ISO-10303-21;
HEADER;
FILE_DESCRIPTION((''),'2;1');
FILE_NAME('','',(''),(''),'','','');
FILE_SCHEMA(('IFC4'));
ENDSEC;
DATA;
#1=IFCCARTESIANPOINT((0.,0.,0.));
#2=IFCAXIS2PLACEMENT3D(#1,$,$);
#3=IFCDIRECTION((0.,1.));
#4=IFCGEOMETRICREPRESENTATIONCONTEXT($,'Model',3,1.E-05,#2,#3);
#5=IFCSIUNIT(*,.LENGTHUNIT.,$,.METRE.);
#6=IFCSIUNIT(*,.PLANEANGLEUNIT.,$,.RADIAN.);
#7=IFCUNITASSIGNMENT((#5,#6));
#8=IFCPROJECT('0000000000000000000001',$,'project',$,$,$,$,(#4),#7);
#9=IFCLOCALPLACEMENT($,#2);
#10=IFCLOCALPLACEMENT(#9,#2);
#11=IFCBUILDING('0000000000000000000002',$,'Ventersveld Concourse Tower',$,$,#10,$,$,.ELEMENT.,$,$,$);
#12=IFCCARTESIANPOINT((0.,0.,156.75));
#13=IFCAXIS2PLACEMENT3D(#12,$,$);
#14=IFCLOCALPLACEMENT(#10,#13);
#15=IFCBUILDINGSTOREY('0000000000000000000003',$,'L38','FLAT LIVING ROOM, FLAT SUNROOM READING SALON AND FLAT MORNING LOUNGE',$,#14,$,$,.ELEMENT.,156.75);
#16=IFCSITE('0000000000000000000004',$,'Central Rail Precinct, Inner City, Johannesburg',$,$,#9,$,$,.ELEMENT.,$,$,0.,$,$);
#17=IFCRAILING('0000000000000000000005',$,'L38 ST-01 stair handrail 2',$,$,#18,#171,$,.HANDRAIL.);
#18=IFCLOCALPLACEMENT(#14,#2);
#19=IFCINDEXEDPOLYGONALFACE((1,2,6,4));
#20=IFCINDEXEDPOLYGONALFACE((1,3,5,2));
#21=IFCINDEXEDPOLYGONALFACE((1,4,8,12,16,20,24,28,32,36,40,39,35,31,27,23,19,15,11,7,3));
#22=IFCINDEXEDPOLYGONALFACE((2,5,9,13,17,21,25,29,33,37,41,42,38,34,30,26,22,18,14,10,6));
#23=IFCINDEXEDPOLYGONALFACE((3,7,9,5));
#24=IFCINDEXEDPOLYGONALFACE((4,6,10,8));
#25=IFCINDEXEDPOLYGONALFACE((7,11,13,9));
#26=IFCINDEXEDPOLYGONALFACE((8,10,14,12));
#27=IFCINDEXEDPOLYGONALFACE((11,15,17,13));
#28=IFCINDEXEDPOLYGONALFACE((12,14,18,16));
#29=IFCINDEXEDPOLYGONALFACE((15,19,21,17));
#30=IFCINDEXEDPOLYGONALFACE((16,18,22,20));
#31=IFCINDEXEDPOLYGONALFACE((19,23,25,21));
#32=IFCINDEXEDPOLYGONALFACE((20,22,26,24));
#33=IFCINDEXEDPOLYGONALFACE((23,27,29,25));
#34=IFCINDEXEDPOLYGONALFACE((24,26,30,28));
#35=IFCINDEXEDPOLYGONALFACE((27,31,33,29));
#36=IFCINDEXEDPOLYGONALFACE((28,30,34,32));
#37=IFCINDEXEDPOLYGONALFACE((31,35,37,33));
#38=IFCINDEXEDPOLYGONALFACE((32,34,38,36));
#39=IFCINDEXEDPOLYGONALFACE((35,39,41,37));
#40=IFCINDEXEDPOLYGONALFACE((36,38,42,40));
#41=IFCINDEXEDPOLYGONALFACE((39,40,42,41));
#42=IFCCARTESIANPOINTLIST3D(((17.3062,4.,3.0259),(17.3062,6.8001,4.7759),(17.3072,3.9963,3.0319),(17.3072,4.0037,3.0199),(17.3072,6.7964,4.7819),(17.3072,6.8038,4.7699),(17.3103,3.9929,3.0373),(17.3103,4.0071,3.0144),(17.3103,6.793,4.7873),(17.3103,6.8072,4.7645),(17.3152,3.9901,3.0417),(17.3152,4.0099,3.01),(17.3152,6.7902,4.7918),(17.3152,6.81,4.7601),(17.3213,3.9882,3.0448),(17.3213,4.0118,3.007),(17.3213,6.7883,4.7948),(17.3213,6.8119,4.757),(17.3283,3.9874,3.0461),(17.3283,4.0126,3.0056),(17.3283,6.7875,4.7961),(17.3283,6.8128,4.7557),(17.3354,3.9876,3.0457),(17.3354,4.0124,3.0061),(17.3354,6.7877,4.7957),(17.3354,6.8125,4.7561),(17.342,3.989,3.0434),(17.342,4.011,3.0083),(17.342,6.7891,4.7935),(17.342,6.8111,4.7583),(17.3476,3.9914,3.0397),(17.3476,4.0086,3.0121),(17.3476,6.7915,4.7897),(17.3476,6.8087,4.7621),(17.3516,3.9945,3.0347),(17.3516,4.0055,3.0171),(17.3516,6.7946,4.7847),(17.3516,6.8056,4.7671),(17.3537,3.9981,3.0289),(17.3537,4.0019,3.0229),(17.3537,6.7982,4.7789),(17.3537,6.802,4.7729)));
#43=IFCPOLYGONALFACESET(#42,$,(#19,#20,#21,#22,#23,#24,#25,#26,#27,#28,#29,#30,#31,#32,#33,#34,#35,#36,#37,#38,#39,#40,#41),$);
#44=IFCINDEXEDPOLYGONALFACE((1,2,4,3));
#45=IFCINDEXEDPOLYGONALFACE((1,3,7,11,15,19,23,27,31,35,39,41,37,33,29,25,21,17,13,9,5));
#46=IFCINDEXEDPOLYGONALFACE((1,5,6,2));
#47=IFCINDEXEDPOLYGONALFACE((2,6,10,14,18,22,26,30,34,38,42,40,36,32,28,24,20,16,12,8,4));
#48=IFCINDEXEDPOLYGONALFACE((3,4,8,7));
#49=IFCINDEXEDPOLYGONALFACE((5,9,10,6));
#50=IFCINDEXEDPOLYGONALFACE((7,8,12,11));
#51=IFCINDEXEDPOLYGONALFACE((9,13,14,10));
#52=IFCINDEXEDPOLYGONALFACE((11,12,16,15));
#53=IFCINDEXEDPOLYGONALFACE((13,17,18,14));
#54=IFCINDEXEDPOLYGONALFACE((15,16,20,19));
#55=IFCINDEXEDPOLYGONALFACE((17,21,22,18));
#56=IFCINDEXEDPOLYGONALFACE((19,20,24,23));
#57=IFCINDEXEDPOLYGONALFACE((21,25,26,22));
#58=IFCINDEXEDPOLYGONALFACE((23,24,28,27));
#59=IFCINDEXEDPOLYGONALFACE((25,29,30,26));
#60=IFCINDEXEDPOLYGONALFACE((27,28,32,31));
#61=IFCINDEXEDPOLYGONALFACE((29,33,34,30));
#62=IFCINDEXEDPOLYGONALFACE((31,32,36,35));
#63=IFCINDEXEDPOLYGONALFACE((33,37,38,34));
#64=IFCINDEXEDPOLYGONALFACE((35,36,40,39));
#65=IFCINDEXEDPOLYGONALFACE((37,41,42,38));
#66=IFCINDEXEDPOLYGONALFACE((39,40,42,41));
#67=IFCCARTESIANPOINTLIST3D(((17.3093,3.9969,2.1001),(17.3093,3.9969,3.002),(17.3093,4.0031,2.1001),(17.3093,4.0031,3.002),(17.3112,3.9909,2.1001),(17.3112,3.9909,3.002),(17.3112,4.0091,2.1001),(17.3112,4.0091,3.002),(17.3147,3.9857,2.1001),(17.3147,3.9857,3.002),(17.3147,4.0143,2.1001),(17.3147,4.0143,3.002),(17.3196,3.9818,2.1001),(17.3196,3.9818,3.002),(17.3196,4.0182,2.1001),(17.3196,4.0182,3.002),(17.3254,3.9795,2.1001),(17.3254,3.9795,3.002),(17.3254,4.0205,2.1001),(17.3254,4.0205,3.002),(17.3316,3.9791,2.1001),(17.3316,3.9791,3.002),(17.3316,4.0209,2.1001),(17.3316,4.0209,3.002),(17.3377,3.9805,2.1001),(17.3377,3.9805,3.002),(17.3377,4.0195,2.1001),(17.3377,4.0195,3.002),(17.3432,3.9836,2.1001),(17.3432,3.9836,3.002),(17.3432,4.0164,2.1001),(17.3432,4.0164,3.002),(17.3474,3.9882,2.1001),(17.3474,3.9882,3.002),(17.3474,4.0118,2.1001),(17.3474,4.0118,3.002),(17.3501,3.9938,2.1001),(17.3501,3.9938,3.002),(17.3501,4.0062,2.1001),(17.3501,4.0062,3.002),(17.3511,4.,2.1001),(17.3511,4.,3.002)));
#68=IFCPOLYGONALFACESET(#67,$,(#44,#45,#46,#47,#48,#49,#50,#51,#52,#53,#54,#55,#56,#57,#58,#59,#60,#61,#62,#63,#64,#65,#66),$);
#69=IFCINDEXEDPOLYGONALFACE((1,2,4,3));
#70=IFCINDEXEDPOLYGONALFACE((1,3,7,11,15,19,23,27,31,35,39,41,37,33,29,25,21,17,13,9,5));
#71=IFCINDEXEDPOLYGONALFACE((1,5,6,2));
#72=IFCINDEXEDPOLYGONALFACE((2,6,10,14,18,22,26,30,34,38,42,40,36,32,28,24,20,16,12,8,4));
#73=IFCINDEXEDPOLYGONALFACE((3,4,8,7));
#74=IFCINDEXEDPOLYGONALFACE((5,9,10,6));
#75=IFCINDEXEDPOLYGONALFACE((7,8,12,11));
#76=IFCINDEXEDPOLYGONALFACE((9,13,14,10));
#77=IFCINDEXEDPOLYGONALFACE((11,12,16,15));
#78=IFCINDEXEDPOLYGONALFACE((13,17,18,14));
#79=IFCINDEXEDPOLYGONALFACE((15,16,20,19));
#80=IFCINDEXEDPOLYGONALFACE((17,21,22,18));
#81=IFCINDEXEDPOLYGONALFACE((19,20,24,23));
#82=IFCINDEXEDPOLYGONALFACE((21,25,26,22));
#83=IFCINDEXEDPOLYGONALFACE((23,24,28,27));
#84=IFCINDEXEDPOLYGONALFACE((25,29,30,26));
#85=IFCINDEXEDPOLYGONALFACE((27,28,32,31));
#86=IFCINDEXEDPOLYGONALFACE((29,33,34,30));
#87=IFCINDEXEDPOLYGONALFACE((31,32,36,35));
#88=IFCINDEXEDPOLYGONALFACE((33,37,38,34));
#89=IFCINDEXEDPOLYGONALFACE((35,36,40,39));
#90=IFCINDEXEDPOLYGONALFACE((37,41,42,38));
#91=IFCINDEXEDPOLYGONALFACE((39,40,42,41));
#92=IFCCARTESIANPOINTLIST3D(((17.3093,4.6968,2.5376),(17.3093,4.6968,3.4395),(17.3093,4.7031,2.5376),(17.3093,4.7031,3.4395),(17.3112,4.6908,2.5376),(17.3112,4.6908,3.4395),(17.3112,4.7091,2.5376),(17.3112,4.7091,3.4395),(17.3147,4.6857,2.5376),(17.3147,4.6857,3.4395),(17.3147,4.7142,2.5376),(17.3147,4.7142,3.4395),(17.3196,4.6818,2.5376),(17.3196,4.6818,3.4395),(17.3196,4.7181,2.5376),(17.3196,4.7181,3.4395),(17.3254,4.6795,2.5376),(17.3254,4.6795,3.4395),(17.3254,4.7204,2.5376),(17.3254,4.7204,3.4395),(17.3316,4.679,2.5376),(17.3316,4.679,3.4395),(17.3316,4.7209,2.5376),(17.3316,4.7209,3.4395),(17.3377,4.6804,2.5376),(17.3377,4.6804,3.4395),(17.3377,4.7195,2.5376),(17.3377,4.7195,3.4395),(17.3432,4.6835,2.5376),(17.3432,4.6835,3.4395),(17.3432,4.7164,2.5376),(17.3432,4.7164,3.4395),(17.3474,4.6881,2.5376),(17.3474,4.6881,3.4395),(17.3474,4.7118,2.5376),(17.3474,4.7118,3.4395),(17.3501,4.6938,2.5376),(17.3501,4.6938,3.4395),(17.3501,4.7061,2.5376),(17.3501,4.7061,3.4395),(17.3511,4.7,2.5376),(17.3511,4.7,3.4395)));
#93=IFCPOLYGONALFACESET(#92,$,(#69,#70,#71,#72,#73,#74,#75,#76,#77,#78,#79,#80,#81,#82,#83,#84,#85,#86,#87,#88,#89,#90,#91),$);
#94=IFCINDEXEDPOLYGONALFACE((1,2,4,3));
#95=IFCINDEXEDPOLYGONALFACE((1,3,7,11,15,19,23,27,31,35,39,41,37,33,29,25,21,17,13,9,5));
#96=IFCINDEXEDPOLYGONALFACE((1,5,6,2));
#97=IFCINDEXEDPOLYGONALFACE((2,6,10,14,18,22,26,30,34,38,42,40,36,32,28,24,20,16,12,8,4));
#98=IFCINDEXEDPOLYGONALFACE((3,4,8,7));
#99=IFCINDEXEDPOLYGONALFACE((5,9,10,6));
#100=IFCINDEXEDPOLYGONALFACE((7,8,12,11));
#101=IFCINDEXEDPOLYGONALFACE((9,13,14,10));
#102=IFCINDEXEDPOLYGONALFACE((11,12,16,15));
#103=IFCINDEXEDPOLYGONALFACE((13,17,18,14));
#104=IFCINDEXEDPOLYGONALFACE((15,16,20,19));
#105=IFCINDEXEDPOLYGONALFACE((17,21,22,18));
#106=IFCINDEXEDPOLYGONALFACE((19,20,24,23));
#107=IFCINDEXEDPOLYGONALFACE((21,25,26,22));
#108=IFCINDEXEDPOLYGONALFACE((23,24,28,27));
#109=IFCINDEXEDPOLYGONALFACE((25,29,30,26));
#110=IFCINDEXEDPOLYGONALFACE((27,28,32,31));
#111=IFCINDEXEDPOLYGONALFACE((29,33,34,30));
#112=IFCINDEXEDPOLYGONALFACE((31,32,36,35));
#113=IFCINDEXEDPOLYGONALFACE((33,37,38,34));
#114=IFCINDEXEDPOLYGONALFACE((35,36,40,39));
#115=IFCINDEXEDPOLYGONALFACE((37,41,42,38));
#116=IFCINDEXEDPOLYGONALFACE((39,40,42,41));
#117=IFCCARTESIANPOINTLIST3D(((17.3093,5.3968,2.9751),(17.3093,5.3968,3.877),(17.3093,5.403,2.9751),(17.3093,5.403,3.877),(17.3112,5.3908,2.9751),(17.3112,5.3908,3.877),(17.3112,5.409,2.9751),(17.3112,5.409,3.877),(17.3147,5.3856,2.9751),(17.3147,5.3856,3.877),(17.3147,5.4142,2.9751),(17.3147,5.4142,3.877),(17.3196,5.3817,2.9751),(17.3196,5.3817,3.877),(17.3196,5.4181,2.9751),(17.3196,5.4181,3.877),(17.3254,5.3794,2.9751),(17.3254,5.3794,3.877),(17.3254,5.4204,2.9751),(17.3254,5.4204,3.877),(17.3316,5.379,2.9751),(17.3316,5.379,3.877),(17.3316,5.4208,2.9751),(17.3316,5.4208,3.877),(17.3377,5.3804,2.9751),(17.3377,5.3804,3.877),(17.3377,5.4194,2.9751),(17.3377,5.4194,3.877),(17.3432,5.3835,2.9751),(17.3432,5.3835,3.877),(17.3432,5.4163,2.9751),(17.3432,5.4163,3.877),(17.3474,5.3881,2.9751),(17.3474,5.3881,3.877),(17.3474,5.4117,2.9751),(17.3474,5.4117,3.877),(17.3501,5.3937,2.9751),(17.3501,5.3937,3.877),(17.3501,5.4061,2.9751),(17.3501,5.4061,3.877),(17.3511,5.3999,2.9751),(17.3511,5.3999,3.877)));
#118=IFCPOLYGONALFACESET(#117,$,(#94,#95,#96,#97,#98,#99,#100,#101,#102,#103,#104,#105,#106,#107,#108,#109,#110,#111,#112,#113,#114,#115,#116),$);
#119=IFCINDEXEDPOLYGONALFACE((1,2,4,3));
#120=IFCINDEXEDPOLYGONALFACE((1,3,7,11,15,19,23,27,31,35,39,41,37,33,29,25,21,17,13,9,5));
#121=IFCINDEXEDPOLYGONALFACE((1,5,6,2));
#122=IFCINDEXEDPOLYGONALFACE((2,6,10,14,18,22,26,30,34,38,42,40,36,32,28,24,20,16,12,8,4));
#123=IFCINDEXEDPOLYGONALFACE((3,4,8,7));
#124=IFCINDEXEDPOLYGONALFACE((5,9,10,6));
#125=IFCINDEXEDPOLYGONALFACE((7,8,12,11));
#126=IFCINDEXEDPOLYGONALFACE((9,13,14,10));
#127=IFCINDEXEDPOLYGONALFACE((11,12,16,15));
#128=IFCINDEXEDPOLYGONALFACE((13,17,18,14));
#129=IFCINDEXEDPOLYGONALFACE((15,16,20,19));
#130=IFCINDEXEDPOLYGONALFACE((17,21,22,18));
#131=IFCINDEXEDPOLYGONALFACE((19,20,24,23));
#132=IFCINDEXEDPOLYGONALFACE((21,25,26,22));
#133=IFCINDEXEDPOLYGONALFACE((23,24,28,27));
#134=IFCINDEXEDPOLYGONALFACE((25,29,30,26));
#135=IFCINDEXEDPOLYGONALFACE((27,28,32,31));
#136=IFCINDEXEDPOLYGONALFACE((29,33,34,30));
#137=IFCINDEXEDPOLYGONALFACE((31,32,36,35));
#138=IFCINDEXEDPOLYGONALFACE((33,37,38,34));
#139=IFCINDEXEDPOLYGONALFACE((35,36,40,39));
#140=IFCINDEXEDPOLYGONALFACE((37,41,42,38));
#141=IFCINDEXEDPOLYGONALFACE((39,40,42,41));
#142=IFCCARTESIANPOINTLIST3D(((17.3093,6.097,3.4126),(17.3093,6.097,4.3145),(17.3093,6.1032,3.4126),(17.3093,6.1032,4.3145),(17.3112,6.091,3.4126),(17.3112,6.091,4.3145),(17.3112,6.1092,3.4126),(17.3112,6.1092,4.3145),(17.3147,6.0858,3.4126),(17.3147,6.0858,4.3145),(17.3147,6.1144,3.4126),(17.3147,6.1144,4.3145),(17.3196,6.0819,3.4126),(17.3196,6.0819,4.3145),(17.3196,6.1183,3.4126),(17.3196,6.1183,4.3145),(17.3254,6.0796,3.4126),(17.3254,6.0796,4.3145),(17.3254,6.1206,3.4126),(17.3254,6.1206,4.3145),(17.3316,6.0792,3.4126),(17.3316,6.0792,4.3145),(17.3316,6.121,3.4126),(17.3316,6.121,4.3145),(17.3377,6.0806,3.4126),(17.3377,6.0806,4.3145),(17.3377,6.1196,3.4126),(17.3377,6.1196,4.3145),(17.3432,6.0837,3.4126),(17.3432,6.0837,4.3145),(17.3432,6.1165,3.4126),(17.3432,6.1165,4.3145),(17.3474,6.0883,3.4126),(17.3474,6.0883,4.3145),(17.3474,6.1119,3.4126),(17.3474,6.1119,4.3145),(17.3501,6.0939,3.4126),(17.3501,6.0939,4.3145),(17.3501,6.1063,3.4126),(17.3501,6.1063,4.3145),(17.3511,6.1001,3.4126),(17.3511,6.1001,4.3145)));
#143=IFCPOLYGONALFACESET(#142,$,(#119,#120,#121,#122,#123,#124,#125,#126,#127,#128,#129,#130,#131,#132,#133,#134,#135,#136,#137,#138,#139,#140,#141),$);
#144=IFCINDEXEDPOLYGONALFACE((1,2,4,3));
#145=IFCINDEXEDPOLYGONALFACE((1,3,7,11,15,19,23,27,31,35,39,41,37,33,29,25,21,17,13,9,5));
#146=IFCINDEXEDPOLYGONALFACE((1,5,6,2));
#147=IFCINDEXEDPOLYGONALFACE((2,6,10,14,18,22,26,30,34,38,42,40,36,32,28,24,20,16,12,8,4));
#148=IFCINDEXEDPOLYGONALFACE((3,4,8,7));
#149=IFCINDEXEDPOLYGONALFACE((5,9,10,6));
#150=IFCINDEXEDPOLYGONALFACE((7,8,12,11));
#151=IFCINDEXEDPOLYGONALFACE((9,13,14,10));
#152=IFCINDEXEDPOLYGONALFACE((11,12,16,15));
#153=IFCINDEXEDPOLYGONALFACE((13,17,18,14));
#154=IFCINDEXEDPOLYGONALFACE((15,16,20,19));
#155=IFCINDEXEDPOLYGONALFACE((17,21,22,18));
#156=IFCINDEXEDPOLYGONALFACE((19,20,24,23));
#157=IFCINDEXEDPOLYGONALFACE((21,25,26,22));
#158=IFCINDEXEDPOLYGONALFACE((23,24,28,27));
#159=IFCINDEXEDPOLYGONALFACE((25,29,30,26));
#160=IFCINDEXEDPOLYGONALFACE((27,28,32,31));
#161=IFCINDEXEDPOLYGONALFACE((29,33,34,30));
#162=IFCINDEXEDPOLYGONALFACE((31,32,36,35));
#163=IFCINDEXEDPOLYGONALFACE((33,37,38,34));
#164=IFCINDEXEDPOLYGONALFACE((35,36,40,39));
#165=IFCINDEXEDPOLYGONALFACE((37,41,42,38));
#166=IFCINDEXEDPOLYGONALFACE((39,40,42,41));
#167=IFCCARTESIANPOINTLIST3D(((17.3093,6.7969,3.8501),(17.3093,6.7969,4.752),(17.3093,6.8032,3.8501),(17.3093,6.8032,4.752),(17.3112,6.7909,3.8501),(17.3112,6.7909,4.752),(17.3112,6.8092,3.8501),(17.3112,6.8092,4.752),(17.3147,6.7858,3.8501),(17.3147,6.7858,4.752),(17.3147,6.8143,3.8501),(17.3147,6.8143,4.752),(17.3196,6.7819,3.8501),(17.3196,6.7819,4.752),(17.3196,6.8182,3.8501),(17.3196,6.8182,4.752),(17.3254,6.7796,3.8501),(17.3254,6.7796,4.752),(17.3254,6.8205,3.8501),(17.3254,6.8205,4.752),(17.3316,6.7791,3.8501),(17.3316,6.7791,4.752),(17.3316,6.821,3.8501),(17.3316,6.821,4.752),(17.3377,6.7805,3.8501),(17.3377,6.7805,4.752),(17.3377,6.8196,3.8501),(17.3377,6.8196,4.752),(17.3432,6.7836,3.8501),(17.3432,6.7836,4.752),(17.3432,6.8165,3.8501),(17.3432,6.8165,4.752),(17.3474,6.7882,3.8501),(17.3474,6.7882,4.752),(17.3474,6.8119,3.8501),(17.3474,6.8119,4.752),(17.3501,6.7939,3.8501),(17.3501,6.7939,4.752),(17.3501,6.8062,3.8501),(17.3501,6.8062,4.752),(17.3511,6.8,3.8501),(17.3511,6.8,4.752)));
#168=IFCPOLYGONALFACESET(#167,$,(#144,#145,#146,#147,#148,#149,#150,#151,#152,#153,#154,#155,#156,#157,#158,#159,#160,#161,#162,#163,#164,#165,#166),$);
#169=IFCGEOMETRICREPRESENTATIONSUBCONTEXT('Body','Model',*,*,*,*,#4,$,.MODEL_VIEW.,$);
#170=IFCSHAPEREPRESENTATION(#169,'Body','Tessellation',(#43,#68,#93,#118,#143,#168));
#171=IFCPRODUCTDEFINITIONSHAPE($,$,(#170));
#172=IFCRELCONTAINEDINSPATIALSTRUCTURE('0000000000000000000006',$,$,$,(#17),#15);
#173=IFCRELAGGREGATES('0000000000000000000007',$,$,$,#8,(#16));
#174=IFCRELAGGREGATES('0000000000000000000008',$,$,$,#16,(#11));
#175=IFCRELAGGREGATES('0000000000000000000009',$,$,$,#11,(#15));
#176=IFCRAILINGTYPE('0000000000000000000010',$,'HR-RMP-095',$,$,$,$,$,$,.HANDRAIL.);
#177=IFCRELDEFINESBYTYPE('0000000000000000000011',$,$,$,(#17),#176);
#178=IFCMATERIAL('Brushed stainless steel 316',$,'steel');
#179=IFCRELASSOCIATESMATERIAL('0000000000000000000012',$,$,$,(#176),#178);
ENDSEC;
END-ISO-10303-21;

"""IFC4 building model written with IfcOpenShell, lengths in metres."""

from ifc_helpers import new_model, si_unit, direction, frame, origin, origin_2d, place, context, subcontext, project, spatial, circle, extrude, material, type_object, element, save


model = new_model("IFC4")

# Units and contexts
model_context = context("Model", 3, precision=1e-05, world=origin(), true_north=direction((0.0, 1.0)))
body_context = subcontext(model_context, "Body", "Model", "MODEL_VIEW")
ifc_project = project(units=[si_unit("LENGTHUNIT", "METRE"), si_unit("PLANEANGLEUNIT", "RADIAN")], contexts=[model_context])

# Site, building, storey
site_placement = place(None, origin())
site = spatial("IfcSite", under=ifc_project, at=site_placement, Name="Central Rail Precinct, Inner City, Johannesburg", CompositionType="ELEMENT", RefElevation=0.0)
building_placement = place(site_placement, origin())
building = spatial("IfcBuilding", under=site, at=building_placement, Name="Ventersveld Concourse Tower", CompositionType="ELEMENT")
storey_placement = place(building_placement, frame((0.0, 0.0, 156.75)))
storey = spatial("IfcBuildingStorey", under=building, at=storey_placement, Name="L38", Description="FLAT LIVING ROOM, FLAT SUNROOM READING SALON AND FLAT MORNING LOUNGE", CompositionType="ELEMENT", Elevation=156.75)

# Shared definitions
ifc_material_1 = material(Name="Brushed stainless steel 316", Category="steel")

# Railing
railing_type_1 = type_object("IfcRailingType", Name="HR-RMP-095", PredefinedType="HANDRAIL", material=ifc_material_1)
railing_1_placement = place(storey_placement, frame((17.3301, 4.0, 2.1001)))
element("IfcRailing", 1, at=railing_1_placement, inside=storey, type_object=railing_type_1, Name="L38 ST-01 stair handrail 2", PredefinedType="HANDRAIL", context=body_context, shape_type="SweptSolid", body=[
    extrude(circle(Radius=0.0239, at=origin_2d()), frame((0.0, 0.0, 0.9258), z_axis=(0.0, 0.848002, 0.529992), x_axis=(-1.0, 0.0, 0.0)), (0.0, 0.0, 1.0), 3.302),
    extrude(circle(Radius=0.021, at=origin_2d()), origin(), (0.0, 0.0, 1.0), 0.9019),
    extrude(circle(Radius=0.021, at=origin_2d()), frame((0.0, 0.7, 0.4375)), (0.0, 0.0, 1.0), 0.9019),
    extrude(circle(Radius=0.021, at=origin_2d()), frame((0.0, 1.3999, 0.875)), (0.0, 0.0, 1.0), 0.9019),
    extrude(circle(Radius=0.021, at=origin_2d()), frame((0.0, 2.1001, 1.3125)), (0.0, 0.0, 1.0), 0.9019),
    extrude(circle(Radius=0.021, at=origin_2d()), frame((0.0, 2.8, 1.75)), (0.0, 0.0, 1.0), 0.9019),
])

save(model, "model.ifc")
